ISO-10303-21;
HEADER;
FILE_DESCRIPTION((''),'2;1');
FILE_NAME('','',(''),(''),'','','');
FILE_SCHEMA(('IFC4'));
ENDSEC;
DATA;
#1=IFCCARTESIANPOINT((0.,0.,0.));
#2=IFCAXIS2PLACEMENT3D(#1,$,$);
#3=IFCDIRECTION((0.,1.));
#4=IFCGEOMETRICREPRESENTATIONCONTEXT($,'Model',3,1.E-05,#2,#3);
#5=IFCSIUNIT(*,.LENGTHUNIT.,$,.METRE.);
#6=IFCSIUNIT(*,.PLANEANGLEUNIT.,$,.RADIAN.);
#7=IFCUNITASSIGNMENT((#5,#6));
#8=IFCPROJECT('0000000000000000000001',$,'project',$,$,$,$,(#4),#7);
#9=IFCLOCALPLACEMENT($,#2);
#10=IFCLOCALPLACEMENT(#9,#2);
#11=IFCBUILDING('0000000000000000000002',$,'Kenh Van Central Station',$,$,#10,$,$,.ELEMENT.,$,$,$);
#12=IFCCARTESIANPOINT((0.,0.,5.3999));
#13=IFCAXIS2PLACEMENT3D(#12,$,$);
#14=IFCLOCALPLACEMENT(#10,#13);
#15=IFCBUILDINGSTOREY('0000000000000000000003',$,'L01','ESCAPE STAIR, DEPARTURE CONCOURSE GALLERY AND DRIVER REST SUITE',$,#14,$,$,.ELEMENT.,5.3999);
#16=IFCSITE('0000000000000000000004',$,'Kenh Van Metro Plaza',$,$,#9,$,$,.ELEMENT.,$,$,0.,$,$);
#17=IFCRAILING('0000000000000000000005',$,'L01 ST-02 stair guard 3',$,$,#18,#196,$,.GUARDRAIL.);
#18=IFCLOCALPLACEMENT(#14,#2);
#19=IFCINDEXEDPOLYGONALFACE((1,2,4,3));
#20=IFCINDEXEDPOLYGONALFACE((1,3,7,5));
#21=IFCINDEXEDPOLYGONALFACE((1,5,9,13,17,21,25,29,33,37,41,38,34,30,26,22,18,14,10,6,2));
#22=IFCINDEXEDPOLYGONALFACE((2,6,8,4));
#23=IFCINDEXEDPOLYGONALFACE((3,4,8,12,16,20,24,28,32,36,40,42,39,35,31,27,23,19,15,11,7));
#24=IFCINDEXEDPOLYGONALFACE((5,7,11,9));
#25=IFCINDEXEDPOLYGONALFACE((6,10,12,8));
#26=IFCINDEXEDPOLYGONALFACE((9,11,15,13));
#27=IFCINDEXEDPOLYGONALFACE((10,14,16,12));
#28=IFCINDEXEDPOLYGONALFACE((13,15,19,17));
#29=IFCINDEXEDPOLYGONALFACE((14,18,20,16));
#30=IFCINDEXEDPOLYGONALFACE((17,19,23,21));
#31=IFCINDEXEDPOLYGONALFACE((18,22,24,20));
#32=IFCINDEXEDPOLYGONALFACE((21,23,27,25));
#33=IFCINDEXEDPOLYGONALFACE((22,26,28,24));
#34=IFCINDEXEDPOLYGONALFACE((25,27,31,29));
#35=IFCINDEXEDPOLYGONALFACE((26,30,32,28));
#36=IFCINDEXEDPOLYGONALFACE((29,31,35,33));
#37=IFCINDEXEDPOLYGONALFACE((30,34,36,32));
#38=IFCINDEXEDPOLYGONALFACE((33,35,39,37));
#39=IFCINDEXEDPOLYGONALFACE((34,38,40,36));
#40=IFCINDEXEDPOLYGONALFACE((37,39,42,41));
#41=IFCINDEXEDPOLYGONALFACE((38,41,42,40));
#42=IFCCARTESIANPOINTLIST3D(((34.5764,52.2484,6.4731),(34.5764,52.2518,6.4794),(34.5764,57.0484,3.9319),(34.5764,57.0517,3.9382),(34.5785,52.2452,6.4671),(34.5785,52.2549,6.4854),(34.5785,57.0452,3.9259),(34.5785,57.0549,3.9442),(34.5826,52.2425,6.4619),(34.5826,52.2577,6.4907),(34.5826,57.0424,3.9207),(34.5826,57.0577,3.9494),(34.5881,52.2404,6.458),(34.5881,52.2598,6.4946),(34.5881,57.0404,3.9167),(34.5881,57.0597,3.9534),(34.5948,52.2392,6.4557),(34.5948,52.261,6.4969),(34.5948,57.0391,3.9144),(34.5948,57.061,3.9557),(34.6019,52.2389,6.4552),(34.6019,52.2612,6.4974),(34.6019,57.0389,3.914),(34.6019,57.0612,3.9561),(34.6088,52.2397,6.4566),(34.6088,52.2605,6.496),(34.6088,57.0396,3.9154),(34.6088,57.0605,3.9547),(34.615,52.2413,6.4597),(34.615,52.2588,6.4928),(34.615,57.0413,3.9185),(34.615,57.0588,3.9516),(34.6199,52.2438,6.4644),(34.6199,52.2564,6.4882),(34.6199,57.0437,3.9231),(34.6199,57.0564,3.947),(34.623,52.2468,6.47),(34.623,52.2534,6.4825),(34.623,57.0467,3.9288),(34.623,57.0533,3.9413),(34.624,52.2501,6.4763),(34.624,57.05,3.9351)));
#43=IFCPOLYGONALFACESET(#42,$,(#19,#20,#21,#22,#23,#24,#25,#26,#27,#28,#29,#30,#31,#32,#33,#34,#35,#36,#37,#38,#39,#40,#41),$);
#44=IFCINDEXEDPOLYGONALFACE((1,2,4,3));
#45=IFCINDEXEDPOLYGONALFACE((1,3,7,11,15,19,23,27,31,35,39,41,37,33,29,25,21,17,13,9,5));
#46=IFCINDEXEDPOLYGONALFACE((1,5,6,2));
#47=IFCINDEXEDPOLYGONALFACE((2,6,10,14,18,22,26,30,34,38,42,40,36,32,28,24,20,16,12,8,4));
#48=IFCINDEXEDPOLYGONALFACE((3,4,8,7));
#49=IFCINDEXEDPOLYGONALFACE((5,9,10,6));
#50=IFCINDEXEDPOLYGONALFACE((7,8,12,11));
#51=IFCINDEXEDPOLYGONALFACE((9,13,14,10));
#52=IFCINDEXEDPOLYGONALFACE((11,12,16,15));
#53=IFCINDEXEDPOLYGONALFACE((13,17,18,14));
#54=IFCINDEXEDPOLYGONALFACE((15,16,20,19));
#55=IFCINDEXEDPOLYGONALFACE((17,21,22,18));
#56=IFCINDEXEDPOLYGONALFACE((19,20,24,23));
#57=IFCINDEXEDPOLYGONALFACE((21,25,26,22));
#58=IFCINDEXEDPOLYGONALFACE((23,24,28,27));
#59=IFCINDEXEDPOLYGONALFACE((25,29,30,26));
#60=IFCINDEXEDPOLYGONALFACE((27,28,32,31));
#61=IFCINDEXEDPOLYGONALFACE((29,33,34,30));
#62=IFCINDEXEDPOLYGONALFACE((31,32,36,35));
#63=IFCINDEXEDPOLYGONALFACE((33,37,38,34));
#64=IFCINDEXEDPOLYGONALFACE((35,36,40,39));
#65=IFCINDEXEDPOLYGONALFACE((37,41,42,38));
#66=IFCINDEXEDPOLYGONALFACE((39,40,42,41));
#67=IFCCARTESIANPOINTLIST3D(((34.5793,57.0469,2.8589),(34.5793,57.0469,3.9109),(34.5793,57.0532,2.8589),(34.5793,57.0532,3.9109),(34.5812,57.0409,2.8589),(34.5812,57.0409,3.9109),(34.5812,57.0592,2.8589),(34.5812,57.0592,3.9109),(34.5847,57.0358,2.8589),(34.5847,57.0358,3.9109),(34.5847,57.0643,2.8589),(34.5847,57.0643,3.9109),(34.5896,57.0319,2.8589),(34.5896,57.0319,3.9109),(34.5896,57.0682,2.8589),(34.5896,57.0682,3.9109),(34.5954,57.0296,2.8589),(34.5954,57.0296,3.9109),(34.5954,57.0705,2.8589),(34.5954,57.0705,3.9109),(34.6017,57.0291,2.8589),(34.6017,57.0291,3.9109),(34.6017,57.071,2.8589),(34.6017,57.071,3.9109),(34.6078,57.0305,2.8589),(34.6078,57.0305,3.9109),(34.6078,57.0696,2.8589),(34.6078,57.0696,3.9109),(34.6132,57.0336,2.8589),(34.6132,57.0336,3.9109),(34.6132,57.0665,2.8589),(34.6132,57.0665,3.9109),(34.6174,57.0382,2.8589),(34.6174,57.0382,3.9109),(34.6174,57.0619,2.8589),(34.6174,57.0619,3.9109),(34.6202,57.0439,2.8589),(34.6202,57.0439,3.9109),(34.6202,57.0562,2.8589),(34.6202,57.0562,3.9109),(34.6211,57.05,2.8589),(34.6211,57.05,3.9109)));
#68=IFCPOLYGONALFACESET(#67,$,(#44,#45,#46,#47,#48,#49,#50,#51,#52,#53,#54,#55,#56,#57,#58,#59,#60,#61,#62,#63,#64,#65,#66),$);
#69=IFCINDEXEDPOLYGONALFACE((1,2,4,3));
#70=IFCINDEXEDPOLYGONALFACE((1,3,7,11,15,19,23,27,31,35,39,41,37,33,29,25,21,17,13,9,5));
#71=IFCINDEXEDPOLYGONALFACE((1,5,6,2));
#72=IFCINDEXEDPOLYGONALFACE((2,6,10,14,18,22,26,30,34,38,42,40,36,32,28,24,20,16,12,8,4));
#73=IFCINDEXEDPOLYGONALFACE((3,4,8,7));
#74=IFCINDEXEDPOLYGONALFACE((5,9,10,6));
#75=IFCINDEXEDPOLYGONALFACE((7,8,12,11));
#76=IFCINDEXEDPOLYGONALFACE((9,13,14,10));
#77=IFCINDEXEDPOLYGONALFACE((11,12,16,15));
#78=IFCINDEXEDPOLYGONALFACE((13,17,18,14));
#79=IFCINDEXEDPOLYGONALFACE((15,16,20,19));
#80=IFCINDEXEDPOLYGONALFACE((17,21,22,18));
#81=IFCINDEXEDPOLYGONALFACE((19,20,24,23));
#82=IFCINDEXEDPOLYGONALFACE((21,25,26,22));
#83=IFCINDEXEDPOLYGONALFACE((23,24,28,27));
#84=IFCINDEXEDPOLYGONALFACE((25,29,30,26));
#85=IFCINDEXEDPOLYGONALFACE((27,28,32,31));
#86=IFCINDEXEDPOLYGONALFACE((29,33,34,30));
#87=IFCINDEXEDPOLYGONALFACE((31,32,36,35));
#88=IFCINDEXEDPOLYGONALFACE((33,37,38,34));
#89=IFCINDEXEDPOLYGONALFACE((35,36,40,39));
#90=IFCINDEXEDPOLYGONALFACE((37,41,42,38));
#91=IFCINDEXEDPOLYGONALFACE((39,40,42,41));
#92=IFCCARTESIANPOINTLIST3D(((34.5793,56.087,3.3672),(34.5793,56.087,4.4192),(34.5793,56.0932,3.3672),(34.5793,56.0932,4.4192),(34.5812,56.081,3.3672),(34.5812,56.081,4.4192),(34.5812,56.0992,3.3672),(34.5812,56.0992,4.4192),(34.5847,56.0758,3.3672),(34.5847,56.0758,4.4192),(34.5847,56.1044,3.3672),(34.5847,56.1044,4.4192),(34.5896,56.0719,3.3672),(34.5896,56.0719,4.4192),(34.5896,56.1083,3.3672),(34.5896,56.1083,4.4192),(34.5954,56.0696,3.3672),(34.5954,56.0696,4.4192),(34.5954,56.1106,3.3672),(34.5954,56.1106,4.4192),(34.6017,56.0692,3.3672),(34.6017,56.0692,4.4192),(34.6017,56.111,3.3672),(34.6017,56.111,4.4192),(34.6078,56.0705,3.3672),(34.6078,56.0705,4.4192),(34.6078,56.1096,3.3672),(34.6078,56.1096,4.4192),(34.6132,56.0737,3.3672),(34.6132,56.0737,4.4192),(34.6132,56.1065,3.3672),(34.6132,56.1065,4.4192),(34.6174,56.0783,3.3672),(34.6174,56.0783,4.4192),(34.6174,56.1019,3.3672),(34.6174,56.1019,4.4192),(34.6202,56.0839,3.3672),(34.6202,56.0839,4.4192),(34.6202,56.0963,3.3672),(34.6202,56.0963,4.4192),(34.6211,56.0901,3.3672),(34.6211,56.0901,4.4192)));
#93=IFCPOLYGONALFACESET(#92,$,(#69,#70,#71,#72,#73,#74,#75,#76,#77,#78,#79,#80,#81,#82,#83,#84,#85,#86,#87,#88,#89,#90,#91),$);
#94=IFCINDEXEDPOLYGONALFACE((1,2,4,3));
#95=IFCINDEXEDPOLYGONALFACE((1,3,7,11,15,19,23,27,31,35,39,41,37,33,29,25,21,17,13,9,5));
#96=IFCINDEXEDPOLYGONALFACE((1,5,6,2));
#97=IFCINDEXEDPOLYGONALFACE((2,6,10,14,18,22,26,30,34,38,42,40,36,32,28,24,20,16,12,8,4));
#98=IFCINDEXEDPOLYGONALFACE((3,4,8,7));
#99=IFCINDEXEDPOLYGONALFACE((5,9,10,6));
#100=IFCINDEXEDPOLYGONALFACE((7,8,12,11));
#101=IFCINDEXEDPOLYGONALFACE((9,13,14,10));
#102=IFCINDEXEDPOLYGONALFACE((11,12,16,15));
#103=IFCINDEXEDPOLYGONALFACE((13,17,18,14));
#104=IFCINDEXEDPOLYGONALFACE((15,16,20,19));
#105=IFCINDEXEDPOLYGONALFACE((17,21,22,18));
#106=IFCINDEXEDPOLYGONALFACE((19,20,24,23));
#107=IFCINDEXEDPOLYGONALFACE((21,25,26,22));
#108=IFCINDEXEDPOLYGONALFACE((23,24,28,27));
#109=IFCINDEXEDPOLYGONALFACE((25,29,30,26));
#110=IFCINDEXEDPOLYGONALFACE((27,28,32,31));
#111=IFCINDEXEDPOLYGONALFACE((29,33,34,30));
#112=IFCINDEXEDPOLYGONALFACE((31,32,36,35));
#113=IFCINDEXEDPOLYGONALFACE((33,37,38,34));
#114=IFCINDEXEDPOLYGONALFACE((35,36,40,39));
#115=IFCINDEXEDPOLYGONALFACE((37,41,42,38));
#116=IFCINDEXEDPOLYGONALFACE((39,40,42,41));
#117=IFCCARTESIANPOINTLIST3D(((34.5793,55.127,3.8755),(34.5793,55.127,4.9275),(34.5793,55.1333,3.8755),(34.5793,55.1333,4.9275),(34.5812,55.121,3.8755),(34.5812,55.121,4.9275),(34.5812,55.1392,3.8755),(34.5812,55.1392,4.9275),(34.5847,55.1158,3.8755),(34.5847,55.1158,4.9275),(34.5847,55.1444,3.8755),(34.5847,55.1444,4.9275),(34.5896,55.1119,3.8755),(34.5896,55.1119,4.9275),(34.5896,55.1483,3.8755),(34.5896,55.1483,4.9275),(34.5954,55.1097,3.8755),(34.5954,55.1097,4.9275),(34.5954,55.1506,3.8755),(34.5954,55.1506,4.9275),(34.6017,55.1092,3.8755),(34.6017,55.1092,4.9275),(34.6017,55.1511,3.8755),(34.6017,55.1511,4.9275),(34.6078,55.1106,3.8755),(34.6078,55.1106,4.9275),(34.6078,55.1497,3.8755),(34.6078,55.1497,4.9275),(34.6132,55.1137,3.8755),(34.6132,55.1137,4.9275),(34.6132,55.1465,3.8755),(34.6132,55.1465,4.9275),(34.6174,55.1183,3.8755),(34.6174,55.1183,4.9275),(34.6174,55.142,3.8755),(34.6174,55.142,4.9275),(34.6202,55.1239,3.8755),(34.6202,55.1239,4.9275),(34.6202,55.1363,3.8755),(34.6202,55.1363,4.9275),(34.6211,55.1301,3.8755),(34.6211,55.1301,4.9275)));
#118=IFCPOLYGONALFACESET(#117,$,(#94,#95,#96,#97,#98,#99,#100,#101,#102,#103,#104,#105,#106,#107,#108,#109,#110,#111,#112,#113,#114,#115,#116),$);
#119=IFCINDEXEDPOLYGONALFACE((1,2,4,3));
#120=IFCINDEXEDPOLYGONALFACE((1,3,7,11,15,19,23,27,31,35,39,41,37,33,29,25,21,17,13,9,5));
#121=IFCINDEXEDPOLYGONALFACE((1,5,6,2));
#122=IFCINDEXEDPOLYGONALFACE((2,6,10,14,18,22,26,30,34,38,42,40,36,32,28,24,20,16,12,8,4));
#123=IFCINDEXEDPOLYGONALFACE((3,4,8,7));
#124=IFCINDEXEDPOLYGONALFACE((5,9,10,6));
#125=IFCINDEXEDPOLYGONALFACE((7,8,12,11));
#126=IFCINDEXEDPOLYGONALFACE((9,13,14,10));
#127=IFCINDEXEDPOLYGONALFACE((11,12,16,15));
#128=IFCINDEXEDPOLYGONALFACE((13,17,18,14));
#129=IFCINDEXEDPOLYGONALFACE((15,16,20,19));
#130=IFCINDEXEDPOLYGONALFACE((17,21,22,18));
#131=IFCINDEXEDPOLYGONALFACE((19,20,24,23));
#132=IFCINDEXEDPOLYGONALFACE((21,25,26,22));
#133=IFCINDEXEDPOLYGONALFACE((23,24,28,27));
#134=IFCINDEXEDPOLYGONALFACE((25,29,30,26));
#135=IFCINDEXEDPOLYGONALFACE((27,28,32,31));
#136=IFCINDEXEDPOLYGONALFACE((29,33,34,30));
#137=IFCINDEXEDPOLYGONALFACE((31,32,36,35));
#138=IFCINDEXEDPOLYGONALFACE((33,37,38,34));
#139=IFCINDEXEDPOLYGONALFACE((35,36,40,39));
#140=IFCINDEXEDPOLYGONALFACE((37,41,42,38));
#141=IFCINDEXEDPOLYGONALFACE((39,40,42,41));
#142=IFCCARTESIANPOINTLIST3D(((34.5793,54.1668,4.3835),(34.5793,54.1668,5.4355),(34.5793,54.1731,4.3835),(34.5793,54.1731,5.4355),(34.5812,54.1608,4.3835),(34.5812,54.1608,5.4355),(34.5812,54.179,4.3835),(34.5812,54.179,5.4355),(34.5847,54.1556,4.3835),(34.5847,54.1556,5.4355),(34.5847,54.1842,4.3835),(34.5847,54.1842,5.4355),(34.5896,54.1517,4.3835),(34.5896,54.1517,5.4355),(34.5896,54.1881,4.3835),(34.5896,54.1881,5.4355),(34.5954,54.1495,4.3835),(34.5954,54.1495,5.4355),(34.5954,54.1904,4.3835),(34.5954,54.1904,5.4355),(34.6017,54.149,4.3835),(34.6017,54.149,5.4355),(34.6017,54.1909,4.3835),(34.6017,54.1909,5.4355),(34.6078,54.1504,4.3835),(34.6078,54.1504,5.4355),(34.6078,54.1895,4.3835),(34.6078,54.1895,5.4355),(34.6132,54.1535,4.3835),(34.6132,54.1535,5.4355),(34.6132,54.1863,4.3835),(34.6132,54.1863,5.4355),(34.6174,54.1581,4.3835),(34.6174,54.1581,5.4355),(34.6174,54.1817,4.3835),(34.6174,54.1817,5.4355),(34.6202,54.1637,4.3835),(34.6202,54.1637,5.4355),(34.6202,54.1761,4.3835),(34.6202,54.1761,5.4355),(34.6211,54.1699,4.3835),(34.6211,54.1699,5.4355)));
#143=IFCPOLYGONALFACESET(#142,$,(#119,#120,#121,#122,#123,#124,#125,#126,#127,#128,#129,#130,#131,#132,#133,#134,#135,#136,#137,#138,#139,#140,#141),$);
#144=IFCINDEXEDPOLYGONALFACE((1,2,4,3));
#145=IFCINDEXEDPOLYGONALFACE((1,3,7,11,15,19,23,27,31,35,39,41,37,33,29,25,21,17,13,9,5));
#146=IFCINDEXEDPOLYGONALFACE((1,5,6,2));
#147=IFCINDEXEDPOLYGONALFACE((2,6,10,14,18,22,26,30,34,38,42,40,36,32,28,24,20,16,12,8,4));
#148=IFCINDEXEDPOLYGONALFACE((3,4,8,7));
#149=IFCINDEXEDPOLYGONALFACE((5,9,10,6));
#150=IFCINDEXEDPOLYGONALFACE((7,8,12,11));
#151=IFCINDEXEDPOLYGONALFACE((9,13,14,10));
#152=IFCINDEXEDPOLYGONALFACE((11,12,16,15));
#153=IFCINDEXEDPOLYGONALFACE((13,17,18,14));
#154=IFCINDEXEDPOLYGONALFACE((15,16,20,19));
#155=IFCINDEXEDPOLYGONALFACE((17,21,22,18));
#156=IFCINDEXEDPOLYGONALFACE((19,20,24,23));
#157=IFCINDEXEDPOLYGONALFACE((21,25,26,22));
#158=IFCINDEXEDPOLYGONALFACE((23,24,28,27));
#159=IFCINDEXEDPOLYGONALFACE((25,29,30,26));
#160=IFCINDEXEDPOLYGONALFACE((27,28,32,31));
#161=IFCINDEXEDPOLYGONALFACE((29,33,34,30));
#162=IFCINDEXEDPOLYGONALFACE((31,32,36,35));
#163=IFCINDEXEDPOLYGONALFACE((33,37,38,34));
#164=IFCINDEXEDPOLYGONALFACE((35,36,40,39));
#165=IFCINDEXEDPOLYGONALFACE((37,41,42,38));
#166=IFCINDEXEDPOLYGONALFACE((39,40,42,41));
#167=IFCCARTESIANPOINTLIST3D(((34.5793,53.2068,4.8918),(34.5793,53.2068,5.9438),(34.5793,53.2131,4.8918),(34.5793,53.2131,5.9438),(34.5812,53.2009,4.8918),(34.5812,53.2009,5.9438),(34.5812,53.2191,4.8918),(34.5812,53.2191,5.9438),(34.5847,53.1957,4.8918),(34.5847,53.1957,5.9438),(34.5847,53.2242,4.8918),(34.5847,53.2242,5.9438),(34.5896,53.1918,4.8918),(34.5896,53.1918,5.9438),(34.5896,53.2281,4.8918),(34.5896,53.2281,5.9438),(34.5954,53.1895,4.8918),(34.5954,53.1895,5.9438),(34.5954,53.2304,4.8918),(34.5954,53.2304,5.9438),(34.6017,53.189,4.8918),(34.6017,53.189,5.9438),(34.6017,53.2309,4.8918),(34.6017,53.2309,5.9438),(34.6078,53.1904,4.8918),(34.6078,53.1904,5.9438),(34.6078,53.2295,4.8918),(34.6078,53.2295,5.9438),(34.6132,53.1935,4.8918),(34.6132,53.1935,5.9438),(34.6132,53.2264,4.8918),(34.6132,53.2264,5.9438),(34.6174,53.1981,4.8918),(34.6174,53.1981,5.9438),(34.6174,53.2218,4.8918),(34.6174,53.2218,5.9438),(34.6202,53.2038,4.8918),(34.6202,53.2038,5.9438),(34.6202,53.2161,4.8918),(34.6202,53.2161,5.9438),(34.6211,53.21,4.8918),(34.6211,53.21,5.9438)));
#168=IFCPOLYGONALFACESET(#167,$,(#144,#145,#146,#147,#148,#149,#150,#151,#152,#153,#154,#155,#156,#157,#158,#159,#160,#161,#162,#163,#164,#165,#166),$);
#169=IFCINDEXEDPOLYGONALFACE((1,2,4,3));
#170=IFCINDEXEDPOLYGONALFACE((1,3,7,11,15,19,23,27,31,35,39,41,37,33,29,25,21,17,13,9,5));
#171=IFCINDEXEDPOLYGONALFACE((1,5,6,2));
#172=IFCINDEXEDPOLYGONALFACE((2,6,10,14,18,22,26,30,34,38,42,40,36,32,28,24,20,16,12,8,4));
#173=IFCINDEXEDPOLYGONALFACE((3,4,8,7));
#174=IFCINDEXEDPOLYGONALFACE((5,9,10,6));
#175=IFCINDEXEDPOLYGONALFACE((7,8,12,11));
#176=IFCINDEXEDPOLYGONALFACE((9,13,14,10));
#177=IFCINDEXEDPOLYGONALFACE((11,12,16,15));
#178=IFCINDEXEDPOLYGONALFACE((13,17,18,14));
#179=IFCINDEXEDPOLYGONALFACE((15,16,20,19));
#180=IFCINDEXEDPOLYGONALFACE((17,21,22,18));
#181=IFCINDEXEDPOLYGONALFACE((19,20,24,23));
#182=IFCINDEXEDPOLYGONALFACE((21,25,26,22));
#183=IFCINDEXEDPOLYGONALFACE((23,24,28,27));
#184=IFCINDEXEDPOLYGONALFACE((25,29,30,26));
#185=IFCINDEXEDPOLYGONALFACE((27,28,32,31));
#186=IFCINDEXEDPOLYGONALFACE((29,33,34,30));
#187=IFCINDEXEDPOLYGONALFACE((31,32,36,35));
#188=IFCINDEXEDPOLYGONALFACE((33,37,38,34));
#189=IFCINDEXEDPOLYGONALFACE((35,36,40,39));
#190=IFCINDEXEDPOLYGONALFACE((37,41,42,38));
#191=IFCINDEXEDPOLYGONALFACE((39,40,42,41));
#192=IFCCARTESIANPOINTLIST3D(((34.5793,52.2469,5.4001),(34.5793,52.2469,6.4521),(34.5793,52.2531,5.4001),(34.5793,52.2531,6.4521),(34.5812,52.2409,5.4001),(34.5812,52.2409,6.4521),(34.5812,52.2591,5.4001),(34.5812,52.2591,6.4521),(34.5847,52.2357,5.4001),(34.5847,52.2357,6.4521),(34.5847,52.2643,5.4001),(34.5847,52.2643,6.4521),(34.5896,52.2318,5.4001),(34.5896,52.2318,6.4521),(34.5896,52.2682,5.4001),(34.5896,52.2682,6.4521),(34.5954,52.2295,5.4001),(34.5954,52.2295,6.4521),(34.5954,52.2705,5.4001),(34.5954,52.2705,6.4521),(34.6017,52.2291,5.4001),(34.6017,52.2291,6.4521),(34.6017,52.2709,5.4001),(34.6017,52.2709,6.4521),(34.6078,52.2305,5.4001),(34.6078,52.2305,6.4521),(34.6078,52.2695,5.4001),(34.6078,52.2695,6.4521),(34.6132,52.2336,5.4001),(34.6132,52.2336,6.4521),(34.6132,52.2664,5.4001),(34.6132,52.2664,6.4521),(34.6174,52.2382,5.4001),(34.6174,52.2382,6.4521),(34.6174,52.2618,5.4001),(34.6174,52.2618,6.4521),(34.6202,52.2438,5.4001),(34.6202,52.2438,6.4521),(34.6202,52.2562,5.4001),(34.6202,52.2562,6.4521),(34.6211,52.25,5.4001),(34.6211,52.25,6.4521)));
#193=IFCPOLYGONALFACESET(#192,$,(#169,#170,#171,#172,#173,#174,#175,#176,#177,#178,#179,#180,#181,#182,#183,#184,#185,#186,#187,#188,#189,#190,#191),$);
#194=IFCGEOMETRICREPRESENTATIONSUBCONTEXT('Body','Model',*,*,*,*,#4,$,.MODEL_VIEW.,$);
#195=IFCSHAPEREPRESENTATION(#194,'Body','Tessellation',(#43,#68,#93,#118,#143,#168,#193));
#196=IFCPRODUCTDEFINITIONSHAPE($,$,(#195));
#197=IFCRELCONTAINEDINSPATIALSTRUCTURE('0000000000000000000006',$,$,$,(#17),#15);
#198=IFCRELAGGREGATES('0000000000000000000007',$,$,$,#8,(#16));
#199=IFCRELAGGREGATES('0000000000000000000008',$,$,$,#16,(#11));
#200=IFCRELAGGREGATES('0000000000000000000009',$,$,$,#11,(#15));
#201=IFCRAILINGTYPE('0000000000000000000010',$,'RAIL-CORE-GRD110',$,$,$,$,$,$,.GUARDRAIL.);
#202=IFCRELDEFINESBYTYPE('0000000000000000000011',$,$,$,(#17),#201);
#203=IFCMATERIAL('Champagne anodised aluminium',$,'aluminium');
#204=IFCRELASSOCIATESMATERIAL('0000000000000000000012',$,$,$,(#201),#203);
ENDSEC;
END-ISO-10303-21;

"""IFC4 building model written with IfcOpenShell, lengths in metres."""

from ifc_helpers import new_model, si_unit, direction, frame, origin, origin_2d, place, context, subcontext, project, spatial, circle, extrude, material, type_object, element, save


model = new_model("IFC4")

# Units and contexts
model_context = context("Model", 3, precision=1e-05, world=origin(), true_north=direction((0.0, 1.0)))
body_context = subcontext(model_context, "Body", "Model", "MODEL_VIEW")
ifc_project = project(units=[si_unit("LENGTHUNIT", "METRE"), si_unit("PLANEANGLEUNIT", "RADIAN")], contexts=[model_context])

# Site, building, storey
site_placement = place(None, origin())
site = spatial("IfcSite", under=ifc_project, at=site_placement, Name="Kenh Van Metro Plaza", CompositionType="ELEMENT", RefElevation=0.0)
building_placement = place(site_placement, origin())
building = spatial("IfcBuilding", under=site, at=building_placement, Name="Kenh Van Central Station", CompositionType="ELEMENT")
storey_placement = place(building_placement, frame((0.0, 0.0, 5.3999)))
storey = spatial("IfcBuildingStorey", under=building, at=storey_placement, Name="L01", Description="ESCAPE STAIR, DEPARTURE CONCOURSE GALLERY AND DRIVER REST SUITE", CompositionType="ELEMENT", Elevation=5.3999)

# Shared definitions
ifc_material_1 = material(Name="Champagne anodised aluminium", Category="aluminium")

# Railing
railing_type_1 = type_object("IfcRailingType", Name="RAIL-CORE-GRD110", PredefinedType="GUARDRAIL", material=ifc_material_1)
railing_1_placement = place(storey_placement, frame((34.6001, 57.05, 2.8589)))
element("IfcRailing", 1, at=railing_1_placement, inside=storey, type_object=railing_type_1, Name="L01 ST-02 stair guard 3", PredefinedType="GUARDRAIL", context=body_context, shape_type="SweptSolid", body=[
    extrude(circle(Radius=0.0239, at=origin_2d()), frame((0.0, 0.0, 1.0762), z_axis=(0.0, -0.883784, 0.467896), x_axis=(1.0, 0.0, 0.0)), (0.0, 0.0, 1.0), 5.4312),
    extrude(circle(Radius=0.021, at=origin_2d()), origin(), (0.0, 0.0, 1.0), 1.052),
    extrude(circle(Radius=0.021, at=origin_2d()), frame((0.0, -0.96, 0.5083)), (0.0, 0.0, 1.0), 1.052),
    extrude(circle(Radius=0.021, at=origin_2d()), frame((0.0, -1.9199, 1.0166)), (0.0, 0.0, 1.0), 1.052),
    extrude(circle(Radius=0.021, at=origin_2d()), frame((0.0, -2.8801, 1.5247)), (0.0, 0.0, 1.0), 1.052),
    extrude(circle(Radius=0.021, at=origin_2d()), frame((0.0, -3.8401, 2.033)), (0.0, 0.0, 1.0), 1.052),
    extrude(circle(Radius=0.021, at=origin_2d()), frame((0.0, -4.8, 2.5413)), (0.0, 0.0, 1.0), 1.052),
])

save(model, "model.ifc")
